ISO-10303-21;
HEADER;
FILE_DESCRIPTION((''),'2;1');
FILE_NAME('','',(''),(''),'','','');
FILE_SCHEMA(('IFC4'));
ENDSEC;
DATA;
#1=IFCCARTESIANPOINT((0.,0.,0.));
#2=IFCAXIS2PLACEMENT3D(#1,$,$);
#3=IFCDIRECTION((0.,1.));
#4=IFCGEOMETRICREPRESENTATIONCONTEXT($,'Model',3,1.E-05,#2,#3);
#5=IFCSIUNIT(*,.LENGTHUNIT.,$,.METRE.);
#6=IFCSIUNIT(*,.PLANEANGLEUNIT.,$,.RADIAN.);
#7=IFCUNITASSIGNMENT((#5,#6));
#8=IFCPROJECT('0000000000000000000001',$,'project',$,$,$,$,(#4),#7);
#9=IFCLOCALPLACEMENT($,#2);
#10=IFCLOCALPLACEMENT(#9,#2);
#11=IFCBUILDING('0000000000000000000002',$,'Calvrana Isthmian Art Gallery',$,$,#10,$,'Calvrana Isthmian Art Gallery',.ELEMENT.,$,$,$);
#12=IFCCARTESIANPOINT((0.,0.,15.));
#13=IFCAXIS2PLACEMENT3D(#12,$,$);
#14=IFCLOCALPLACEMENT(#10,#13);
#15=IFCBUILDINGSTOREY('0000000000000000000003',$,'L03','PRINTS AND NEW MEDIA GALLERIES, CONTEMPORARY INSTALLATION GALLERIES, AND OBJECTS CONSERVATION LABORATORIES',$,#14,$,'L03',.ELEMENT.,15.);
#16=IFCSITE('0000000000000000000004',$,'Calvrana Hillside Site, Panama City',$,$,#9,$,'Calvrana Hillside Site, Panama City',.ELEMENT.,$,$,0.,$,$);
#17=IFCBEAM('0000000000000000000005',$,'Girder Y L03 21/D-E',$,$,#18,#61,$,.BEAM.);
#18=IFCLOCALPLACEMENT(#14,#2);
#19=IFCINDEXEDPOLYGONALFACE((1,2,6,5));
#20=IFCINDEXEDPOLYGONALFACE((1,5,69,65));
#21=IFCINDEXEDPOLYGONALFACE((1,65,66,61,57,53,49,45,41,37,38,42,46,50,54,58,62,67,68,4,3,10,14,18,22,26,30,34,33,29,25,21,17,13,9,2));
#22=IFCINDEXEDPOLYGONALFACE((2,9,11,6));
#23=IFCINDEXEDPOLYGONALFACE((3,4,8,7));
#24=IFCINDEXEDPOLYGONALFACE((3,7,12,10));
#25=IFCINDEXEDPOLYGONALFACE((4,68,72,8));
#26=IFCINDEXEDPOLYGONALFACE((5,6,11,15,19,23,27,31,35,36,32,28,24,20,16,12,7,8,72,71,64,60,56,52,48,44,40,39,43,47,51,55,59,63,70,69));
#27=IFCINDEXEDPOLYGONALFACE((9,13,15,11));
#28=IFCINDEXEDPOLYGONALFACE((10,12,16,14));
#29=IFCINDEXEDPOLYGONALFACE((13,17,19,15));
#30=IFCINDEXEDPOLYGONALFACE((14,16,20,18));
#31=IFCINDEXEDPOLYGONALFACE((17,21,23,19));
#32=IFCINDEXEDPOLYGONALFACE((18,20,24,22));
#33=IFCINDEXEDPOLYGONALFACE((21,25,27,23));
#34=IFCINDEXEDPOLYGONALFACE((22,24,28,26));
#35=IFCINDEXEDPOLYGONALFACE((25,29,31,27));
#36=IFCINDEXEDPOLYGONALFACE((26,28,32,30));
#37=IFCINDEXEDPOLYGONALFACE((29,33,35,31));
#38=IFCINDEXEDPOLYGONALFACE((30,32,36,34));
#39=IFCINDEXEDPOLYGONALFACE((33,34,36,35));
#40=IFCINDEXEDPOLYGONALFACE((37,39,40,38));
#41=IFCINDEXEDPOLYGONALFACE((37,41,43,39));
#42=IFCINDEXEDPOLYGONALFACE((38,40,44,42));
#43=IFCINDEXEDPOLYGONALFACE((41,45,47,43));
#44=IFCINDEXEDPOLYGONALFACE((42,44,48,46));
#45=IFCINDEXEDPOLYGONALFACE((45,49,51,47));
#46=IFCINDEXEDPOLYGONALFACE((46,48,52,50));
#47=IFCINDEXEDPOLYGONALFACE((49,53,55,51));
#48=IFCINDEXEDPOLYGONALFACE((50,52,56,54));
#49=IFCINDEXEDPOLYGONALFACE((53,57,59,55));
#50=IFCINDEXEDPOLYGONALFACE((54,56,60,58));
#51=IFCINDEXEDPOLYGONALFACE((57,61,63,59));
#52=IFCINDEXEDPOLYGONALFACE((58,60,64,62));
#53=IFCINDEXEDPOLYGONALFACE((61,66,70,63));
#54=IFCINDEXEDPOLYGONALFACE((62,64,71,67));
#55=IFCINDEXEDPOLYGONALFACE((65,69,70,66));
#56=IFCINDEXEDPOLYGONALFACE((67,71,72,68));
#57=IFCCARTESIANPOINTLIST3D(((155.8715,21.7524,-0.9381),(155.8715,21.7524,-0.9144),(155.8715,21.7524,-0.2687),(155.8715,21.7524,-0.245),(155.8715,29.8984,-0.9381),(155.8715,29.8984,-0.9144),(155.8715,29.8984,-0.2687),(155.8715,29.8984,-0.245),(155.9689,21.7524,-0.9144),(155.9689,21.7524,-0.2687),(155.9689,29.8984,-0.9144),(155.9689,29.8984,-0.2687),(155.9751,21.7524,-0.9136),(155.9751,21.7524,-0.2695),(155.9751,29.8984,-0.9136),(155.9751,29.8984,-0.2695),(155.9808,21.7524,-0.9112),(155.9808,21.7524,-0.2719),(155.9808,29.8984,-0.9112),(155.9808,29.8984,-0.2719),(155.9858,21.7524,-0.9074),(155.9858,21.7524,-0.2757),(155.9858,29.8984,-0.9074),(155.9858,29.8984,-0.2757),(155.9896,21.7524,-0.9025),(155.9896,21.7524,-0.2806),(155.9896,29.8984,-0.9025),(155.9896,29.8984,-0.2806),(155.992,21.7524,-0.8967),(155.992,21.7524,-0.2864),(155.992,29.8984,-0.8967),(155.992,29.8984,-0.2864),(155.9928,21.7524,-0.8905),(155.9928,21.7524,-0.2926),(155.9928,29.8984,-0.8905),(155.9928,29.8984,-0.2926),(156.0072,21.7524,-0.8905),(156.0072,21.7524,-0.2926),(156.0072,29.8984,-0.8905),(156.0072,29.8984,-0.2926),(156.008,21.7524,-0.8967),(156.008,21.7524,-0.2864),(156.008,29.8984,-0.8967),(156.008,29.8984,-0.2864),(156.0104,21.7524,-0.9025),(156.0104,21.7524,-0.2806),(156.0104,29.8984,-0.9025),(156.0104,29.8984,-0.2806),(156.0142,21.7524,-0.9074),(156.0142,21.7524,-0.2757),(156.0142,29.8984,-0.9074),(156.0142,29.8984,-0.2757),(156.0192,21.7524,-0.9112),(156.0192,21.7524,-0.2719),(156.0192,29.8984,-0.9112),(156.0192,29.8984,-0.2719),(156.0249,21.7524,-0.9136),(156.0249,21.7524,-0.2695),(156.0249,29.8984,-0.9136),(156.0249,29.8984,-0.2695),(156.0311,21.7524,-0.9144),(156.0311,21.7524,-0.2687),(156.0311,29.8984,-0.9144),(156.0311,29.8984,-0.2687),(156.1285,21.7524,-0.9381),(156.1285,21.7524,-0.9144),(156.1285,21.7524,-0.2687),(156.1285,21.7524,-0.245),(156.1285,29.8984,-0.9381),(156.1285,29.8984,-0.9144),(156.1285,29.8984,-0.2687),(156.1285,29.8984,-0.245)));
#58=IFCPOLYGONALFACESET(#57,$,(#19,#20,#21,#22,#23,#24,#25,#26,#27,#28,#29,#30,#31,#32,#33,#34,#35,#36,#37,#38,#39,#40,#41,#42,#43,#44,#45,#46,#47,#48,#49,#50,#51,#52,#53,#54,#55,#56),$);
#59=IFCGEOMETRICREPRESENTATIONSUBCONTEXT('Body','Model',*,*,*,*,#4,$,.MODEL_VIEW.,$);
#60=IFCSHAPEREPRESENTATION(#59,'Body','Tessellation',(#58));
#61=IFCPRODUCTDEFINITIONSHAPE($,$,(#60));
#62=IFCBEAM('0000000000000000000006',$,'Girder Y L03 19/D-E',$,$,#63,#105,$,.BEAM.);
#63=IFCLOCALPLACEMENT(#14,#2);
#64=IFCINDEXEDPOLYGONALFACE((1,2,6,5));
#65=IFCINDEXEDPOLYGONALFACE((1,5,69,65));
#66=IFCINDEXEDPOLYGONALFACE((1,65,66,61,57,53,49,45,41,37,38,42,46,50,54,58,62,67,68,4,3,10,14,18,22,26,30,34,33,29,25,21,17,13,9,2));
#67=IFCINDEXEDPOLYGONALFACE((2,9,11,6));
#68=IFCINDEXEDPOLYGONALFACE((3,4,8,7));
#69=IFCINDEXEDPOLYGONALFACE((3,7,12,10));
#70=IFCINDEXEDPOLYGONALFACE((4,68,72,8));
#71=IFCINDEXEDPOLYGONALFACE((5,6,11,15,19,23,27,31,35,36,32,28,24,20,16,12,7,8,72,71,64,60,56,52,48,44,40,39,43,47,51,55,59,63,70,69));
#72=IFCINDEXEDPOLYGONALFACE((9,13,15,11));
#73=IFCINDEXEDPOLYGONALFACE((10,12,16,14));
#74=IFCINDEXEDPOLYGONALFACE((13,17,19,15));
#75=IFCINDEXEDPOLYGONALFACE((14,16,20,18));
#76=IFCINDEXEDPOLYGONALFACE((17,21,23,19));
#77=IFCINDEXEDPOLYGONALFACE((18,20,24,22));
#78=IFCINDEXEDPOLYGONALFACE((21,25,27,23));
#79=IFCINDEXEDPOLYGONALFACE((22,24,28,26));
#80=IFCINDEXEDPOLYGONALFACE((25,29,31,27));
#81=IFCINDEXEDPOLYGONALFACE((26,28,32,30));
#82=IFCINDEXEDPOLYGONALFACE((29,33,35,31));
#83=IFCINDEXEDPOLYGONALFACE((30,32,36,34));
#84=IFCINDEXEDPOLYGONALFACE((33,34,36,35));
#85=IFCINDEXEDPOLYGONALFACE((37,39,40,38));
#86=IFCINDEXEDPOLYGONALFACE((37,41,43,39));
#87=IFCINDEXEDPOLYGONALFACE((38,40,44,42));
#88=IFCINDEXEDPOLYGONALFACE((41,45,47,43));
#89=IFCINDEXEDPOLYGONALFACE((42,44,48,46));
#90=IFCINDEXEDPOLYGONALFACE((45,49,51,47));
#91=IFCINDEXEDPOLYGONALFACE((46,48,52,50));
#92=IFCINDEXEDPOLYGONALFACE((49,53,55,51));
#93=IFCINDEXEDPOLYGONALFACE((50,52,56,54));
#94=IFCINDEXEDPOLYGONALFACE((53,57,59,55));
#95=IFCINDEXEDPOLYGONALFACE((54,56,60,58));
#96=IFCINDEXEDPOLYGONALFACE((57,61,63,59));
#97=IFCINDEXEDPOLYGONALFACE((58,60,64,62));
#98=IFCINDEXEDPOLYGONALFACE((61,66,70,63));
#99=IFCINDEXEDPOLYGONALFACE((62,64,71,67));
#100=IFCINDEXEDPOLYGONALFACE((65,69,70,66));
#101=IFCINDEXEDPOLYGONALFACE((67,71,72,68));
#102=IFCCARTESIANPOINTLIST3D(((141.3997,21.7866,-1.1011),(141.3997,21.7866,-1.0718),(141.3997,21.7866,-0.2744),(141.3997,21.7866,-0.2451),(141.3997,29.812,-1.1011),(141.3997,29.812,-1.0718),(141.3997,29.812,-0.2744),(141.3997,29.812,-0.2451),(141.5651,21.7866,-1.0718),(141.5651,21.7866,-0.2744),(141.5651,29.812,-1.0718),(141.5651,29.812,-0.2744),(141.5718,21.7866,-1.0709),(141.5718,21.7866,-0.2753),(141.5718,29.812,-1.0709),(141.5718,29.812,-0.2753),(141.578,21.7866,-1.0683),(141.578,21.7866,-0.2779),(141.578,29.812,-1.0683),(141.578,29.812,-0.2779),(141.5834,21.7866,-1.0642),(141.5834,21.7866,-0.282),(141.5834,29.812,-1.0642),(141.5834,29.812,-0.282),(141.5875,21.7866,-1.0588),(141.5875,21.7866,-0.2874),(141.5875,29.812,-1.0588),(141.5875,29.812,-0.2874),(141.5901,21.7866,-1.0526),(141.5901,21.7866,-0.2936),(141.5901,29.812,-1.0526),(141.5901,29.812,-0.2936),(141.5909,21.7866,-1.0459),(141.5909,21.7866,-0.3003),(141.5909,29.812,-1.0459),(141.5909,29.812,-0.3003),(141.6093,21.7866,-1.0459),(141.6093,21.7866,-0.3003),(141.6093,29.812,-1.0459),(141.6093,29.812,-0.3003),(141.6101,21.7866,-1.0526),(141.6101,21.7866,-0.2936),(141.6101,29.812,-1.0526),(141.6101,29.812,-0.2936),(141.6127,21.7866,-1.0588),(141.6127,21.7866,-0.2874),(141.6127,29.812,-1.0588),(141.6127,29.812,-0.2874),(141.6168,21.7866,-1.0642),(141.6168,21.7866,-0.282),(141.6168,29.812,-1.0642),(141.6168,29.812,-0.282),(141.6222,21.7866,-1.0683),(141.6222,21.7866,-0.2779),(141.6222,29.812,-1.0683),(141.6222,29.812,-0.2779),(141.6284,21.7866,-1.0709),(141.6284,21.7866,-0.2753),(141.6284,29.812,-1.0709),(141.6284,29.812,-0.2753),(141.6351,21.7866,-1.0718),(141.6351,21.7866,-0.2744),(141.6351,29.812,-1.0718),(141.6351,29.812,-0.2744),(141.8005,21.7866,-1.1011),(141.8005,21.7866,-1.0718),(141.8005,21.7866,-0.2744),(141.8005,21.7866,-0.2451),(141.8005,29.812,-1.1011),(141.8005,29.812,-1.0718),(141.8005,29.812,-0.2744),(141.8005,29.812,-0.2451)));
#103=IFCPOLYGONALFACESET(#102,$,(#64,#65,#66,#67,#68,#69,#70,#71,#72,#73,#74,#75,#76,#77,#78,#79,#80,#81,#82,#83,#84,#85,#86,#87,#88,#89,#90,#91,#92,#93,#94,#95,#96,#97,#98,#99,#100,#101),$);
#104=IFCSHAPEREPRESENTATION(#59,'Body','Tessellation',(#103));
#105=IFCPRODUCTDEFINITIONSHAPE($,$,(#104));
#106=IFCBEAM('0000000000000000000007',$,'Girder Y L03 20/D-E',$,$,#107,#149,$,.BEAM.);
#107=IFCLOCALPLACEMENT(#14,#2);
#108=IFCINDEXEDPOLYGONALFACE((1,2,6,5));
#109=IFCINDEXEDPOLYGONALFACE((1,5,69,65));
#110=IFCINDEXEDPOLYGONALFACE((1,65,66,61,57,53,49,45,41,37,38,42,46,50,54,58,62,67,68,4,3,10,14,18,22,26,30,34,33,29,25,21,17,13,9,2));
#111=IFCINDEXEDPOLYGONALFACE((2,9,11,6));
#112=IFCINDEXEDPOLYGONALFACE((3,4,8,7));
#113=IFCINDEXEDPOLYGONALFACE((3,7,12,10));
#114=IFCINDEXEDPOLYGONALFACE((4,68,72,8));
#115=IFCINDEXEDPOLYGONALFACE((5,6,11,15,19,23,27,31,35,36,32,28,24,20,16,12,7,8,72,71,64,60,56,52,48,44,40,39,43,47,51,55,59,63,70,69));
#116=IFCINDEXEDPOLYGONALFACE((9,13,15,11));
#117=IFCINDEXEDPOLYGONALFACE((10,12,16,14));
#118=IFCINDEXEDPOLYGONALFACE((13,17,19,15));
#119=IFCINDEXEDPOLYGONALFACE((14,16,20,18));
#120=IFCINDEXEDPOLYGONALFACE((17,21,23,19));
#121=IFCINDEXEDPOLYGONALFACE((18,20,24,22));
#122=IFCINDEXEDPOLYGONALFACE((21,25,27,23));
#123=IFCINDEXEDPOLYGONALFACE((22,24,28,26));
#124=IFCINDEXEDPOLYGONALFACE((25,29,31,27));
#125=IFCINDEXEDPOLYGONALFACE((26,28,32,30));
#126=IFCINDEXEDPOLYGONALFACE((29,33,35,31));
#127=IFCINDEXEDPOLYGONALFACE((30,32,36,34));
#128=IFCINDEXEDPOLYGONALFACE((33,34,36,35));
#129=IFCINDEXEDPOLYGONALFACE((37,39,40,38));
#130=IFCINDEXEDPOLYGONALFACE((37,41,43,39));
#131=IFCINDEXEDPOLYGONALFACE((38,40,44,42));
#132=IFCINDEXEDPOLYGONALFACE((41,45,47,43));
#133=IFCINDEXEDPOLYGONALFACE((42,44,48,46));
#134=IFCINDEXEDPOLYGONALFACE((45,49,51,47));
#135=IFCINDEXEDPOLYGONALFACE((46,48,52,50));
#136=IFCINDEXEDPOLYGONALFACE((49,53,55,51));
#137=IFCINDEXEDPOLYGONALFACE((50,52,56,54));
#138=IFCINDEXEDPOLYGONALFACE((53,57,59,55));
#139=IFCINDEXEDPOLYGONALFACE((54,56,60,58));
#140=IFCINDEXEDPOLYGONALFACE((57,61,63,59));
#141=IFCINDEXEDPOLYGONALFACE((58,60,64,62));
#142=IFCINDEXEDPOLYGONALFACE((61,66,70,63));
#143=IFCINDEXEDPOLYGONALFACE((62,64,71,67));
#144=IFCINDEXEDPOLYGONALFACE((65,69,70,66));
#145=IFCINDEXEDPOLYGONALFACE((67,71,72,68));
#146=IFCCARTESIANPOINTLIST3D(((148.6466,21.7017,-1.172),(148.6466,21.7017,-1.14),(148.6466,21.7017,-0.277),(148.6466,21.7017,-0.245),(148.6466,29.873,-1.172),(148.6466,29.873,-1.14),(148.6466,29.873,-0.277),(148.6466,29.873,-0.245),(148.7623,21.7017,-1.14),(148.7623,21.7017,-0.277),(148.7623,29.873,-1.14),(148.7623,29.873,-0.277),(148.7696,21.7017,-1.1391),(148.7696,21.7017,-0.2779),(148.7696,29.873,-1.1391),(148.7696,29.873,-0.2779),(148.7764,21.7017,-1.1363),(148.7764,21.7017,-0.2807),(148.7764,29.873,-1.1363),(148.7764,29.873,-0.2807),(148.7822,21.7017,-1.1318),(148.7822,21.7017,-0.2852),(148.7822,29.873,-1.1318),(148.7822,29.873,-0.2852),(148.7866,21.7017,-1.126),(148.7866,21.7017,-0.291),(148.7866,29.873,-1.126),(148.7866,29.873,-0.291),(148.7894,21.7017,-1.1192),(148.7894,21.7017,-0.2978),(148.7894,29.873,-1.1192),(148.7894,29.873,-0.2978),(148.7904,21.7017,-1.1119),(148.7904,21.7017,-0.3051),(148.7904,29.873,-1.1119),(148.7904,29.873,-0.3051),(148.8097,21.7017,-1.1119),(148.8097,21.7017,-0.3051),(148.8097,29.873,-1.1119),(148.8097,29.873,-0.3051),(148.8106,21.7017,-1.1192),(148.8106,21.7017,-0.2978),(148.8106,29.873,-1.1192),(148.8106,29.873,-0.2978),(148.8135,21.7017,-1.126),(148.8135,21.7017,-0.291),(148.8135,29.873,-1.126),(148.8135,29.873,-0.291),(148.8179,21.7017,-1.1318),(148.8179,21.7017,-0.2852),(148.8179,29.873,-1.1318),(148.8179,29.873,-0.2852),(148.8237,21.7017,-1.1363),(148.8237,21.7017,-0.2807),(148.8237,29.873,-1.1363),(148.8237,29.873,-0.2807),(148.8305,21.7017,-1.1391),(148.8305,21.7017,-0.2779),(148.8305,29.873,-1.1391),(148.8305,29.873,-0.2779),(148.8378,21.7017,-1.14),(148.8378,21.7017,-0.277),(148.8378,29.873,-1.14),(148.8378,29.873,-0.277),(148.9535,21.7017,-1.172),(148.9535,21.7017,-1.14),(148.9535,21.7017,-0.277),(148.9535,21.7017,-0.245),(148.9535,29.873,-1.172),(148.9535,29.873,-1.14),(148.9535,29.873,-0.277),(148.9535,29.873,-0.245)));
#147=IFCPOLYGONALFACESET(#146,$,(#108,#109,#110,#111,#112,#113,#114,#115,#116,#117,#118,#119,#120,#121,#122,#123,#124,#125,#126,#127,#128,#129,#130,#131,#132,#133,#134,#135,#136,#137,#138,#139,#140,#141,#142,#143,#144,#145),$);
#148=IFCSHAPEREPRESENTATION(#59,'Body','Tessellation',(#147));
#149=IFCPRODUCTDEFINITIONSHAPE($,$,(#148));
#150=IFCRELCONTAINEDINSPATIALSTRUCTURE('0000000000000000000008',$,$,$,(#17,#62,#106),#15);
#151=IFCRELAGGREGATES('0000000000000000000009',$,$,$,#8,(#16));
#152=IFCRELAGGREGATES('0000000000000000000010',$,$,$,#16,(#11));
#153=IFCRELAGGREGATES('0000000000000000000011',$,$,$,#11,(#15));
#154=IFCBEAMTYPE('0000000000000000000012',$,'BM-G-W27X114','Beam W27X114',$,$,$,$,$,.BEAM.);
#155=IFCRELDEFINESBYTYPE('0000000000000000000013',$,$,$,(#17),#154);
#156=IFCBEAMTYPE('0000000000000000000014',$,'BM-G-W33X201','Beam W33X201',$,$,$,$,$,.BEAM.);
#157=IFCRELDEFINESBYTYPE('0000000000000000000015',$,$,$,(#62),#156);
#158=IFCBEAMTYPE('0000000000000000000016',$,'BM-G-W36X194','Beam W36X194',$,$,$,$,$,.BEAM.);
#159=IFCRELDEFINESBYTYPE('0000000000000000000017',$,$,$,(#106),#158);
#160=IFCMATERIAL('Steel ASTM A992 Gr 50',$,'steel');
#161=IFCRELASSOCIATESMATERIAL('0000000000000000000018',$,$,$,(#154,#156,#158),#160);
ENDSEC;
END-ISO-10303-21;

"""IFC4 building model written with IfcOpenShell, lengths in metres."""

from ifc_helpers import new_model, si_unit, direction, frame, origin, origin_2d, place, context, subcontext, project, spatial, i_section, extrude, material, material_profile, profile_set, type_object, element, save


model = new_model("IFC4")

# Units and contexts
model_context = context("Model", 3, precision=1e-05, world=origin(), true_north=direction((0.0, 1.0)))
body_context = subcontext(model_context, "Body", "Model", "MODEL_VIEW")
ifc_project = project(units=[si_unit("LENGTHUNIT", "METRE"), si_unit("PLANEANGLEUNIT", "RADIAN")], contexts=[model_context])

# Site, building, storey
site_placement = place(None, origin())
site = spatial("IfcSite", under=ifc_project, at=site_placement, Name="Calvrana Hillside Site, Panama City", LongName="Calvrana Hillside Site, Panama City", CompositionType="ELEMENT", RefElevation=0.0)
building_placement = place(site_placement, origin())
building = spatial("IfcBuilding", under=site, at=building_placement, Name="Calvrana Isthmian Art Gallery", LongName="Calvrana Isthmian Art Gallery", CompositionType="ELEMENT")
storey_placement = place(building_placement, frame((0.0, 0.0, 15.0)))
storey = spatial("IfcBuildingStorey", under=building, at=storey_placement, Name="L03", Description="PRINTS AND NEW MEDIA GALLERIES, CONTEMPORARY INSTALLATION GALLERIES, AND OBJECTS CONSERVATION LABORATORIES", LongName="L03", CompositionType="ELEMENT", Elevation=15.0)

# Shared definitions
ifc_material_1 = material(Name="Steel ASTM A992 Gr 50", Category="steel")

# Beams
ifc_material_profile_1 = material_profile(ifc_material_1, i_section(OverallWidth=0.2571, OverallDepth=0.6931, WebThickness=0.0144, FlangeThickness=0.0237, FilletRadius=0.0239, at=origin_2d()), Name="W27X114")
ifc_profile_set_1 = profile_set([ifc_material_profile_1], Name="Steel ASTM A992 Gr 50")
beam_type_1 = type_object("IfcBeamType", Name="BM-G-W27X114", Description="Beam W27X114", PredefinedType="BEAM", material=ifc_profile_set_1)
beam_1_placement = place(storey_placement, frame((156.0, 21.7524, -0.5916), z_axis=(0.0, 1.0, 0.0), x_axis=(-1.0, 0.0, 0.0)))
element("IfcBeam", 1, at=beam_1_placement, inside=storey, type_object=beam_type_1, Name="Girder Y L03 21/D-E", PredefinedType="BEAM", context=body_context, shape_type="SweptSolid", body=[
    extrude(i_section(OverallWidth=0.2571, OverallDepth=0.6931, WebThickness=0.0144, FlangeThickness=0.0237, FilletRadius=0.0239, at=origin_2d()), origin(), (0.0, 0.0, 1.0), 8.146),
])
ifc_material_profile_2 = material_profile(ifc_material_1, i_section(OverallWidth=0.4009, OverallDepth=0.856, WebThickness=0.0183, FlangeThickness=0.0293, FilletRadius=0.0259, at=origin_2d()), Name="W33X201")
ifc_profile_set_2 = profile_set([ifc_material_profile_2], Name="Steel ASTM A992 Gr 50")
beam_type_2 = type_object("IfcBeamType", Name="BM-G-W33X201", Description="Beam W33X201", PredefinedType="BEAM", material=ifc_profile_set_2)
beam_2_placement = place(storey_placement, frame((141.6001, 21.7866, -0.6731), z_axis=(0.0, 1.0, 0.0), x_axis=(-1.0, 0.0, 0.0)))
element("IfcBeam", 2, at=beam_2_placement, inside=storey, type_object=beam_type_2, Name="Girder Y L03 19/D-E", PredefinedType="BEAM", context=body_context, shape_type="SweptSolid", body=[
    extrude(i_section(OverallWidth=0.4009, OverallDepth=0.856, WebThickness=0.0183, FlangeThickness=0.0293, FilletRadius=0.0259, at=origin_2d()), origin(), (0.0, 0.0, 1.0), 8.0254),
])
ifc_material_profile_3 = material_profile(ifc_material_1, i_section(OverallWidth=0.3069, OverallDepth=0.927, WebThickness=0.0193, FlangeThickness=0.032, FilletRadius=0.0281, at=origin_2d()), Name="W36X194")
ifc_profile_set_3 = profile_set([ifc_material_profile_3], Name="Steel ASTM A992 Gr 50")
beam_type_3 = type_object("IfcBeamType", Name="BM-G-W36X194", Description="Beam W36X194", PredefinedType="BEAM", material=ifc_profile_set_3)
beam_3_placement = place(storey_placement, frame((148.8, 21.7017, -0.7085), z_axis=(0.0, 1.0, 0.0), x_axis=(-1.0, 0.0, 0.0)))
element("IfcBeam", 3, at=beam_3_placement, inside=storey, type_object=beam_type_3, Name="Girder Y L03 20/D-E", PredefinedType="BEAM", context=body_context, shape_type="SweptSolid", body=[
    extrude(i_section(OverallWidth=0.3069, OverallDepth=0.927, WebThickness=0.0193, FlangeThickness=0.032, FilletRadius=0.0281, at=origin_2d()), origin(), (0.0, 0.0, 1.0), 8.1714),
])

save(model, "model.ifc")
